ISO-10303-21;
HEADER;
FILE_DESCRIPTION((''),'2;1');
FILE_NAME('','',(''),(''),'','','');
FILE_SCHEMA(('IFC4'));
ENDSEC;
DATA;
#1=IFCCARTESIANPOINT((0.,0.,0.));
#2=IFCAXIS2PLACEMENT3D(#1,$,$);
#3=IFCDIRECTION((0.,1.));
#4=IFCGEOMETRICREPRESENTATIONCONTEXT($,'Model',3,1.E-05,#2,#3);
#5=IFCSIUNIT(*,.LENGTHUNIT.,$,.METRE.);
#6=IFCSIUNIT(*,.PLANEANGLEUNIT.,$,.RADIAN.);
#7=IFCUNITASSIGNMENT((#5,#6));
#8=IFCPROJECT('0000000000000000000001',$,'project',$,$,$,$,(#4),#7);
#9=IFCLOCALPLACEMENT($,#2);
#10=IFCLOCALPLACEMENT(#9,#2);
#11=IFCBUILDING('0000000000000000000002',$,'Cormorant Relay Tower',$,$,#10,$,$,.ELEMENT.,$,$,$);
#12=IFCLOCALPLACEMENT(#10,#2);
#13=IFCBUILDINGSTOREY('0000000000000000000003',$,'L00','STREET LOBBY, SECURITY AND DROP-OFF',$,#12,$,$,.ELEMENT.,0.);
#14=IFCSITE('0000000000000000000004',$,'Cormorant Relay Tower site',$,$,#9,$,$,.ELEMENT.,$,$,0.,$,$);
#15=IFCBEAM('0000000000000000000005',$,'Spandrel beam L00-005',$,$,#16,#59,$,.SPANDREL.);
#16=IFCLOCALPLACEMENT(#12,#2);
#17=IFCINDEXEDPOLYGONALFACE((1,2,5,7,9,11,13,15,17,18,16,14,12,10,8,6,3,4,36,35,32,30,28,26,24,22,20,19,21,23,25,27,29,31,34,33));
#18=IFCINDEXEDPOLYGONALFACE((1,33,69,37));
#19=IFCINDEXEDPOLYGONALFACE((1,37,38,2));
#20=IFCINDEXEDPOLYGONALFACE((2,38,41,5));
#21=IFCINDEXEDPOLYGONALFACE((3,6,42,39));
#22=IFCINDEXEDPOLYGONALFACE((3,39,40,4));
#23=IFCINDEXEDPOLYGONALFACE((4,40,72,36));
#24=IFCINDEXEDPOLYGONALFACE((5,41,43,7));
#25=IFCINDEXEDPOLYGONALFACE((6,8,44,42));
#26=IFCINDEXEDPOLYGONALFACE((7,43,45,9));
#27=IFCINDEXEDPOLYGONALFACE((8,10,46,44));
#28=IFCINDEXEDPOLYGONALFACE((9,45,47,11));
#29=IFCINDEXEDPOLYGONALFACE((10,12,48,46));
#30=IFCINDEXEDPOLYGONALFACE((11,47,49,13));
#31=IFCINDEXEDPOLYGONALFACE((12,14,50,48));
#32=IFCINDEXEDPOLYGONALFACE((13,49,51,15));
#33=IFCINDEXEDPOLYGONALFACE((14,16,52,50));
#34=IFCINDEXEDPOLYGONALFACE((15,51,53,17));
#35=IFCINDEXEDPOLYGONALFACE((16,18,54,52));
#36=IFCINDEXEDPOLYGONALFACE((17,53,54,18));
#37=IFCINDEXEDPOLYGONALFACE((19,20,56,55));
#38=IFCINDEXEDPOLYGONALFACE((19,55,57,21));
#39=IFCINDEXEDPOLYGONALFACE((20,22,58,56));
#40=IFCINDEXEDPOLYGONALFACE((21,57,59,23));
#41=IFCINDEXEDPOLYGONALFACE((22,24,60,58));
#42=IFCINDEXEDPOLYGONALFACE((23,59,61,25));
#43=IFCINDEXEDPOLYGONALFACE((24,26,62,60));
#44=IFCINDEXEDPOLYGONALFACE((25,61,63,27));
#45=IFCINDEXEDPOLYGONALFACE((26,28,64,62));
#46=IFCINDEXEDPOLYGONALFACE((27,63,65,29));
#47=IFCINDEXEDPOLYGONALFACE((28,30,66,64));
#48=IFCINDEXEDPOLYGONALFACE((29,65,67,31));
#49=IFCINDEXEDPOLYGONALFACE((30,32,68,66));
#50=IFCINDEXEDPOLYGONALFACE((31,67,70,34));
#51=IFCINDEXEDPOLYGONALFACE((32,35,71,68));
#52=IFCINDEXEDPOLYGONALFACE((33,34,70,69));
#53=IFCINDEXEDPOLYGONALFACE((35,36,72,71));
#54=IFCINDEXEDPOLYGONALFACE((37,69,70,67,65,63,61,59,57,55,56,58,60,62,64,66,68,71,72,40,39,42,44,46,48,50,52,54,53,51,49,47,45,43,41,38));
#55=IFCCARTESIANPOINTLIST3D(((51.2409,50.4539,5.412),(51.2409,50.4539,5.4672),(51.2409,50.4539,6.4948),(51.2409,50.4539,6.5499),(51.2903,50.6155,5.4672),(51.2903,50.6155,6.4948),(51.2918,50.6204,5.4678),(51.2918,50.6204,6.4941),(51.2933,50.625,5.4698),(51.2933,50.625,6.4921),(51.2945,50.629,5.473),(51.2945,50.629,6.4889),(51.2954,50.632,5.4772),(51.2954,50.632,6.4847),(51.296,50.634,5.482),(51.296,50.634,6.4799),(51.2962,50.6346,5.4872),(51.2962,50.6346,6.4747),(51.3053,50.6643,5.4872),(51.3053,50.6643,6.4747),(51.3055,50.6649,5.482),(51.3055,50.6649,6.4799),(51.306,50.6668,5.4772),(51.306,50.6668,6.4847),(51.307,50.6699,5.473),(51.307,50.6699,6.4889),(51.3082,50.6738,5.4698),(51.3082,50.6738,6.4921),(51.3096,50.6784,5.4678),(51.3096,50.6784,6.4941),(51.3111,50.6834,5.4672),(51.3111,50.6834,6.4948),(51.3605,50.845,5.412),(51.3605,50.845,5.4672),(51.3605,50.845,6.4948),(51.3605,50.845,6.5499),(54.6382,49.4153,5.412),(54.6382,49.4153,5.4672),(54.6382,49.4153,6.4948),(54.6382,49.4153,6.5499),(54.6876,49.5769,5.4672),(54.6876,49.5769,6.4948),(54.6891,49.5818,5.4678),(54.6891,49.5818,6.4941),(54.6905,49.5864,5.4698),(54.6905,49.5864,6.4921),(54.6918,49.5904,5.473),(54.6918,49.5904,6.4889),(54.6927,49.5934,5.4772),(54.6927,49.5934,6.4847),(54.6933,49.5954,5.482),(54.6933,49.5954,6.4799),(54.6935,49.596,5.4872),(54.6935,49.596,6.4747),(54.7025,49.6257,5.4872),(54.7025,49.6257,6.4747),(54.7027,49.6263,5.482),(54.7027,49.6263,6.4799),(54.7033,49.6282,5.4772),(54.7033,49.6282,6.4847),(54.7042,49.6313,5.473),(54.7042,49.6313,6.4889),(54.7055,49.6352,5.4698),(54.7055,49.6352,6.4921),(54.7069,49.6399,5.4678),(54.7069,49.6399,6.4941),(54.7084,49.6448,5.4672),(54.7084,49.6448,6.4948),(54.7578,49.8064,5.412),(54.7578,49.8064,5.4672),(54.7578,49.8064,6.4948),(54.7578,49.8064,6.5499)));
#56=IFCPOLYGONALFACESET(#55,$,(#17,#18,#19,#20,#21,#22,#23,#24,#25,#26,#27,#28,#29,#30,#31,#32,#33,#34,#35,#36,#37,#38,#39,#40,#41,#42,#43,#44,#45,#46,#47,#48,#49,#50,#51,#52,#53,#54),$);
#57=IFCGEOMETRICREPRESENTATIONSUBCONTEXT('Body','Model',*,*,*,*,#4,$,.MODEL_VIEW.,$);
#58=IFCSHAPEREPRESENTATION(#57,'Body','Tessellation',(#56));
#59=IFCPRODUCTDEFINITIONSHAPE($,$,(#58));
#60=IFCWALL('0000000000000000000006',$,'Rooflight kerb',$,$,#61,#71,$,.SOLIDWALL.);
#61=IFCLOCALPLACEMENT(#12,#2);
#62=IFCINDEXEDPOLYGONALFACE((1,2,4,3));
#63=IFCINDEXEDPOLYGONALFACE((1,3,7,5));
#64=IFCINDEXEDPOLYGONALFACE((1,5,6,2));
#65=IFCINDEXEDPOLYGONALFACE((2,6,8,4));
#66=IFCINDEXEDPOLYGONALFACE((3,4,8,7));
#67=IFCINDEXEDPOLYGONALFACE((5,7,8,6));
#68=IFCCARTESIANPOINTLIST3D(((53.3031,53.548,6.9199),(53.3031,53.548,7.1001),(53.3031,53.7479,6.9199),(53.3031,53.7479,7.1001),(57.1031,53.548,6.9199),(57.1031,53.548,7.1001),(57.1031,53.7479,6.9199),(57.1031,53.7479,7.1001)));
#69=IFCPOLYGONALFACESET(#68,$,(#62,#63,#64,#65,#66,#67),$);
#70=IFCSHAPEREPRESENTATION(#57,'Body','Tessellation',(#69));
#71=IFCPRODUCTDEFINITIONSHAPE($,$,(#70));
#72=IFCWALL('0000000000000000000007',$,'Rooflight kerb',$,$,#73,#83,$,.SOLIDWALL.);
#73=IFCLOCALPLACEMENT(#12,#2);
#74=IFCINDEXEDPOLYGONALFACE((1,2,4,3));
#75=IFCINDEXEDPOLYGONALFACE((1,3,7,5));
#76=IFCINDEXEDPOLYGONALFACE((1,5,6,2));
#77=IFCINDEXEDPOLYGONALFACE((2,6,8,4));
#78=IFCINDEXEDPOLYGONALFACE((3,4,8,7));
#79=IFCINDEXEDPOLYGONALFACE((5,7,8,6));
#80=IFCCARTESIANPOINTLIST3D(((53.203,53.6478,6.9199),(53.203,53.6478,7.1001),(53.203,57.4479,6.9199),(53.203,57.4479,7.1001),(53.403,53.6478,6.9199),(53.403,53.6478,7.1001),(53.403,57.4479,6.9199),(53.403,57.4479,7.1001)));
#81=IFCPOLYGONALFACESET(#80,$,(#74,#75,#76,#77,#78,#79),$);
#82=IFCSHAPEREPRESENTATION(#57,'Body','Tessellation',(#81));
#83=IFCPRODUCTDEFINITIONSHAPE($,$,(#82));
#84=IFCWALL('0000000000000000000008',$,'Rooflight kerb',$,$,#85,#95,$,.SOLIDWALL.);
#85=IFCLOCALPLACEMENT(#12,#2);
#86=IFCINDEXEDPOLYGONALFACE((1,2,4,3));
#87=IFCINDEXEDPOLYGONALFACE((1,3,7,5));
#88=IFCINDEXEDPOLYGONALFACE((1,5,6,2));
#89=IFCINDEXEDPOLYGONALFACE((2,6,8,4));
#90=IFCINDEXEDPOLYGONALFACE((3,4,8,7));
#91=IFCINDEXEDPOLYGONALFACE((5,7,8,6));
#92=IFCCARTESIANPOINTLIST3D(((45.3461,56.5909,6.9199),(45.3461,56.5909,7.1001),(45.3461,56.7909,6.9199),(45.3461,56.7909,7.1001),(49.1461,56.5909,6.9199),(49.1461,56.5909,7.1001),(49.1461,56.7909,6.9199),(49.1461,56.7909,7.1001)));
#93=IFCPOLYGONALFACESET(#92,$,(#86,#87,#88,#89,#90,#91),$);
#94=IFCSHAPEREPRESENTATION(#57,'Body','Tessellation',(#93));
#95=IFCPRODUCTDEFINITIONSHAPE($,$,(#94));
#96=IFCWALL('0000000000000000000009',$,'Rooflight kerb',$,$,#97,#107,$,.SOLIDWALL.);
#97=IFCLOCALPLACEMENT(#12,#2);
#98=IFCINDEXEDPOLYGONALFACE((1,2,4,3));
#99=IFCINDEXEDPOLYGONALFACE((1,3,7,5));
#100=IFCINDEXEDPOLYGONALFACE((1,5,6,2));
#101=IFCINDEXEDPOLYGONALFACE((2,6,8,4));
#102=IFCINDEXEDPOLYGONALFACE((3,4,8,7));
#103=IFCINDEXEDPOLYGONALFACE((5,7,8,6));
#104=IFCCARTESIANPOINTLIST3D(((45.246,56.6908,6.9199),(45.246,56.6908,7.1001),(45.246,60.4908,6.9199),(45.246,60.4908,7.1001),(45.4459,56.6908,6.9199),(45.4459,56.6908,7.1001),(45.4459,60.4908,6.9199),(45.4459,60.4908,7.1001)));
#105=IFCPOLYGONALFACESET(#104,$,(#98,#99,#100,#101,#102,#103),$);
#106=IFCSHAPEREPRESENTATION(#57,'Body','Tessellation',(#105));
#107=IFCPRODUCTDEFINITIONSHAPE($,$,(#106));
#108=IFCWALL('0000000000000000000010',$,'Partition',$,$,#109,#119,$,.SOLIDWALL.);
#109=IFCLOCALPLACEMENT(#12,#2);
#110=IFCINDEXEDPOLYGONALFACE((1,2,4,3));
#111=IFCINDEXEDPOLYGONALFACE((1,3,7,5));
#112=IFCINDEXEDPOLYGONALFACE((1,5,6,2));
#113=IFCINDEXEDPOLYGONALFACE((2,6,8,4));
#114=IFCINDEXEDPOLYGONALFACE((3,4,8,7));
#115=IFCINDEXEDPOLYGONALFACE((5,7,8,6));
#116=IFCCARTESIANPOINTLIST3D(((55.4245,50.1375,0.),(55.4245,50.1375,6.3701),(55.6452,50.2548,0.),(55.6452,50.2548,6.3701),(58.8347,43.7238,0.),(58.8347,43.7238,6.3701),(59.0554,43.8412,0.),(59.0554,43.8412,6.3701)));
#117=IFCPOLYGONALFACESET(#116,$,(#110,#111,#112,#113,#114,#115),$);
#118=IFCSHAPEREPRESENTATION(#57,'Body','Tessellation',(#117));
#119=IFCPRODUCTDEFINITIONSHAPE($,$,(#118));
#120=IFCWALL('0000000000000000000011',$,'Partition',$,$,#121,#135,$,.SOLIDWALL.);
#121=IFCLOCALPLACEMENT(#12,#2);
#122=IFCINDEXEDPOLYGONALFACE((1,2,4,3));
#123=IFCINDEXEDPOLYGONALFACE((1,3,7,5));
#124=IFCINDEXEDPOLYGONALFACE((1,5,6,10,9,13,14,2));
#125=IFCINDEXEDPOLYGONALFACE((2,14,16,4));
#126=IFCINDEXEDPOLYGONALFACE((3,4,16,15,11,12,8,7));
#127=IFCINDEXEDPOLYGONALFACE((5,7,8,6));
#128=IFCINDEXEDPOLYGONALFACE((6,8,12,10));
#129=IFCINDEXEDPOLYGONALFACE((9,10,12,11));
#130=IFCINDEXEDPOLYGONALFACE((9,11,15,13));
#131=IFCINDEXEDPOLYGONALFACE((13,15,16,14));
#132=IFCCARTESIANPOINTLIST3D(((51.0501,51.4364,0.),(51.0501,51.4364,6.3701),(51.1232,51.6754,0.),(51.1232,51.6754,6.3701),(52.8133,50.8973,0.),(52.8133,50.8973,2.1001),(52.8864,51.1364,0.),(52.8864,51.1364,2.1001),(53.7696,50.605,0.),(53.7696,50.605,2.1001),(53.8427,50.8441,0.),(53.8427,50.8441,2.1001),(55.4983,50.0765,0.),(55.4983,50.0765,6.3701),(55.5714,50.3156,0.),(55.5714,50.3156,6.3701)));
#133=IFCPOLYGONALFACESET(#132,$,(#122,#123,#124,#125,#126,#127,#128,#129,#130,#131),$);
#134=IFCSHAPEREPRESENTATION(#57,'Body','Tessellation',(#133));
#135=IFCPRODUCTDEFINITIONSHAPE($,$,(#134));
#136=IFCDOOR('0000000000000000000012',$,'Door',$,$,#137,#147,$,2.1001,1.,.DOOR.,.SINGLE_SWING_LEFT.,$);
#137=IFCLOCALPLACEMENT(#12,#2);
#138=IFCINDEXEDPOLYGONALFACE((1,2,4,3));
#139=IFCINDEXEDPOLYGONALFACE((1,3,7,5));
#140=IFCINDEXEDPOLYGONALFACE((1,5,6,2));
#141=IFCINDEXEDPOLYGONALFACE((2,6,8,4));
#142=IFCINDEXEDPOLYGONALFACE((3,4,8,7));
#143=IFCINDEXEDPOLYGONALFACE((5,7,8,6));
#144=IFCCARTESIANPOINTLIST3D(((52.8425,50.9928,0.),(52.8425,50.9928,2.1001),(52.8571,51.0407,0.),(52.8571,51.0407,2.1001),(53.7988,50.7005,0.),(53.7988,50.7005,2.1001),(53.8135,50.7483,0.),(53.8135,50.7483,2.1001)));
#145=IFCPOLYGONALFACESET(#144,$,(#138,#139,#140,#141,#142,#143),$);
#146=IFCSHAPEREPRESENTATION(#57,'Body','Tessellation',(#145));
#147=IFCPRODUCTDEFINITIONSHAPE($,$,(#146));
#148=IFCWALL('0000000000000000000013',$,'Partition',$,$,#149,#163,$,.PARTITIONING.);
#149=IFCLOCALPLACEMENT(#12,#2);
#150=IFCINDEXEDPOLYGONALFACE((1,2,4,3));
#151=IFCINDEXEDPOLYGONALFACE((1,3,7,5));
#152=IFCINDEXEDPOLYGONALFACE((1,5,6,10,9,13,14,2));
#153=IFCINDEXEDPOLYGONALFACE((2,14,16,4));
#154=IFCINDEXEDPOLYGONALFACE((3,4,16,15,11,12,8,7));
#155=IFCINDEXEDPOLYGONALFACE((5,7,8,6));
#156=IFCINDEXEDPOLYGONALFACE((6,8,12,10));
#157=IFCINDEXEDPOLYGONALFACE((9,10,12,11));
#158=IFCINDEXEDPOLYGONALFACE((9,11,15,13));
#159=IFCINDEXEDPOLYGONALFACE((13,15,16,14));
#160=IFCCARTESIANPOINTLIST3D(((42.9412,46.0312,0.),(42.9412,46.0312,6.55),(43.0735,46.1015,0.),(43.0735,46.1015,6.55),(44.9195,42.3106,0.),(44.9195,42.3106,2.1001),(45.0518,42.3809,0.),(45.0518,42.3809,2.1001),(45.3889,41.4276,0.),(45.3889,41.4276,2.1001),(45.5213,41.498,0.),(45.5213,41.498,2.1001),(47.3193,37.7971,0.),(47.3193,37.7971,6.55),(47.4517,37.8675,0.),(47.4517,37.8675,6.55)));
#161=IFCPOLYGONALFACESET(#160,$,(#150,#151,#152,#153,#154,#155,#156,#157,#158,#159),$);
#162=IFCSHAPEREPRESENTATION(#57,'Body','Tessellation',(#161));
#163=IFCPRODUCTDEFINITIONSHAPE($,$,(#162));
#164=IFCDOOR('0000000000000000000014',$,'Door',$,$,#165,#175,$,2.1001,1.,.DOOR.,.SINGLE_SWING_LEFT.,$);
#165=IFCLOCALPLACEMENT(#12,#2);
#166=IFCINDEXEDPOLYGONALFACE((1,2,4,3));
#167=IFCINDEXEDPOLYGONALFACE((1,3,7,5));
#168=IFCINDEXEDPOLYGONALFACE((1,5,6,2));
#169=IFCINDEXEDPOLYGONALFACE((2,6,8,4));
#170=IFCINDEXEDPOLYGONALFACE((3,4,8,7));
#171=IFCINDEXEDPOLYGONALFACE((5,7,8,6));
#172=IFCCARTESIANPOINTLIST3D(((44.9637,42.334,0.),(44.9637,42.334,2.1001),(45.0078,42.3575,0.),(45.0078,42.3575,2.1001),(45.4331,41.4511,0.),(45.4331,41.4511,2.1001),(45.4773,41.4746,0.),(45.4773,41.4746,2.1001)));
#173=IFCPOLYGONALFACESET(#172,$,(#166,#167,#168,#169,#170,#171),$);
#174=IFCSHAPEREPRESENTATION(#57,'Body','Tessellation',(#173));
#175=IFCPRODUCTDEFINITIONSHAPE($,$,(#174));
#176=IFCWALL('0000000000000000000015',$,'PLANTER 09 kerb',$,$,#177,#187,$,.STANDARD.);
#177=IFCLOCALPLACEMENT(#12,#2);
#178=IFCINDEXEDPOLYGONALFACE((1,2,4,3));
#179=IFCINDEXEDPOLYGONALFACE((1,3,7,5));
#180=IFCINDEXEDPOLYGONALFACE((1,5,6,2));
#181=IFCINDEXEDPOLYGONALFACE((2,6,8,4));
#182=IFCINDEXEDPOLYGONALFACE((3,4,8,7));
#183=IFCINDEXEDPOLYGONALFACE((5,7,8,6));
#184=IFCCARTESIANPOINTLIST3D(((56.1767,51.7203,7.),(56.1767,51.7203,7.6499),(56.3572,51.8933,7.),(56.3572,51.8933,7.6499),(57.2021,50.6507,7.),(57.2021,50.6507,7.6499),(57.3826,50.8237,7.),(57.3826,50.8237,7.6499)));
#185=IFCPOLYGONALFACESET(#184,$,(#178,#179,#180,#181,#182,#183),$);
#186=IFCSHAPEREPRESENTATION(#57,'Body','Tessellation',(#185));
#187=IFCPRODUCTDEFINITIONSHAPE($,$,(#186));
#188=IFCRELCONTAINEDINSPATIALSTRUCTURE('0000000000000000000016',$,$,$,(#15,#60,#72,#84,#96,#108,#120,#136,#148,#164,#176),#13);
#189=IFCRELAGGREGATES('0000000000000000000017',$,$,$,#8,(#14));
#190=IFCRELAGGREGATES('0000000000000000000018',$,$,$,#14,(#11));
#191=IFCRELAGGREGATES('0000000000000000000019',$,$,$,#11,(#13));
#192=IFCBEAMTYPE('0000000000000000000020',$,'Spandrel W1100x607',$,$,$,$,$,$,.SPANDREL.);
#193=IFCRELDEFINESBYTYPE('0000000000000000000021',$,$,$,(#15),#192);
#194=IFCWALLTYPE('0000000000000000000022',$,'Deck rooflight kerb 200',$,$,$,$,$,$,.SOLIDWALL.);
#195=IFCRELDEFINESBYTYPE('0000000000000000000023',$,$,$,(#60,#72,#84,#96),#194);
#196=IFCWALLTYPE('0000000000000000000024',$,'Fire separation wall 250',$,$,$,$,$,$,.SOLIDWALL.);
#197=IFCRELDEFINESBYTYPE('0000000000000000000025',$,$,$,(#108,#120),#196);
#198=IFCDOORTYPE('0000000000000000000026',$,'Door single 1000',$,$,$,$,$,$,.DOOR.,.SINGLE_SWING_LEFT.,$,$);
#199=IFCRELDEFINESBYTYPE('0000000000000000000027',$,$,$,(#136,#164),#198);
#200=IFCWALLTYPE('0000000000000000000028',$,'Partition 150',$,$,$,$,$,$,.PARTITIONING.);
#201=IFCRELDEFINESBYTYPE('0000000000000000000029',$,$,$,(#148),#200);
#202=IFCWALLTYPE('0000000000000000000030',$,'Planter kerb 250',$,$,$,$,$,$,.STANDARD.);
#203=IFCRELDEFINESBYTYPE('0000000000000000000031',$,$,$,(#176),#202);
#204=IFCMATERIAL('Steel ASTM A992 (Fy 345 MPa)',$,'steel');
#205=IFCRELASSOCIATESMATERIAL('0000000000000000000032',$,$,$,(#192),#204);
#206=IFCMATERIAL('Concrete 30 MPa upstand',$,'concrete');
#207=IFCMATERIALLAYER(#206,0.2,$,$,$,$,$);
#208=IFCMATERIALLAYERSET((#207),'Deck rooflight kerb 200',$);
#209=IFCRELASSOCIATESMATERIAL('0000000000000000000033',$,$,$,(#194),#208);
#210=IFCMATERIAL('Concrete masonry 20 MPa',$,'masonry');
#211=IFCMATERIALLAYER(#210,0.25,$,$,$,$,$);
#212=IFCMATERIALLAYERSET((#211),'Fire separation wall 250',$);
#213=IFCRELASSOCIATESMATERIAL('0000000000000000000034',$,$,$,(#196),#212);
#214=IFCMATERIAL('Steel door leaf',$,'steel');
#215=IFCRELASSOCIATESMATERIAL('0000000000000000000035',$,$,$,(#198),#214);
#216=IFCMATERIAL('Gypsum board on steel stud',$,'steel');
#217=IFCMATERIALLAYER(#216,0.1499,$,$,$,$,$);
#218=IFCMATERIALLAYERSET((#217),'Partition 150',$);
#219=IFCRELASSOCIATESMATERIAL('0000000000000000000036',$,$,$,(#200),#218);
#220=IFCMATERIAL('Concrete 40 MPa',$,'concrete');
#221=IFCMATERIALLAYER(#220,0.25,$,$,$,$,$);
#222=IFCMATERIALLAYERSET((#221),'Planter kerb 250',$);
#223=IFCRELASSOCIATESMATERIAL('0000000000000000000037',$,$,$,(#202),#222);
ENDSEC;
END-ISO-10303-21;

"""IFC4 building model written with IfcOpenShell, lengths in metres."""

from ifc_helpers import new_model, si_unit, direction, frame, frame_2d, origin, origin_2d, place, context, subcontext, project, spatial, rectangle, i_section, extrude, material, layer, layer_set, material_profile, profile_set, type_object, element, fill, save


model = new_model("IFC4")

# Units and contexts
model_context = context("Model", 3, precision=1e-05, world=origin(), true_north=direction((0.0, 1.0)))
body_context = subcontext(model_context, "Body", "Model", "MODEL_VIEW")
ifc_project = project(units=[si_unit("LENGTHUNIT", "METRE"), si_unit("PLANEANGLEUNIT", "RADIAN")], contexts=[model_context])

# Site, building, storey
site_placement = place(None, origin())
site = spatial("IfcSite", under=ifc_project, at=site_placement, Name="Cormorant Relay Tower site", CompositionType="ELEMENT", RefElevation=0.0)
building_placement = place(site_placement, origin())
building = spatial("IfcBuilding", under=site, at=building_placement, Name="Cormorant Relay Tower", CompositionType="ELEMENT")
storey_placement = place(building_placement, origin())
storey = spatial("IfcBuildingStorey", under=building, at=storey_placement, Name="L00", Description="STREET LOBBY, SECURITY AND DROP-OFF", CompositionType="ELEMENT", Elevation=0.0)

# Beam
ifc_material_1 = material(Name="Steel ASTM A992 (Fy 345 MPa)", Category="steel")
ifc_material_profile_1 = material_profile(ifc_material_1, i_section(OverallWidth=0.4089, OverallDepth=1.1379, WebThickness=0.031, FlangeThickness=0.0552, FilletRadius=0.02, at=origin_2d()), Name="W1100x607")
ifc_profile_set_1 = profile_set([ifc_material_profile_1], Name="Steel ASTM A992 (Fy 345 MPa)")
beam_type = type_object("IfcBeamType", Name="Spandrel W1100x607", PredefinedType="SPANDREL", material=ifc_profile_set_1)
beam_placement = place(storey_placement, frame((54.698, 49.6108, 5.981), z_axis=(-0.956309, 0.292356, 0.0), x_axis=(-0.292356, -0.956309, 0.0)))
element("IfcBeam", 1, at=beam_placement, inside=storey, type_object=beam_type, Name="Spandrel beam L00-005", PredefinedType="SPANDREL", context=body_context, shape_type="SweptSolid", body=[
    extrude(i_section(OverallWidth=0.4089, OverallDepth=1.1379, WebThickness=0.031, FlangeThickness=0.0552, FilletRadius=0.02, at=origin_2d()), origin(), (0.0, 0.0, 1.0), 3.5525),
])

# Walls
ifc_material_2 = material(Name="Concrete 30 MPa upstand", Category="concrete")
ifc_layer_1 = layer(ifc_material_2, 0.2)
ifc_layer_set_1 = layer_set([ifc_layer_1], Name="Deck rooflight kerb 200")
wall_type_1 = type_object("IfcWallType", Name="Deck rooflight kerb 200", PredefinedType="SOLIDWALL", material=ifc_layer_set_1)
for number, where, z_axis, x_axis, name in (
    (2, (57.103, 53.6479, 6.9199), (0.0, 0.0, 1.0), (-1.0, 0.0, 0.0), "Rooflight kerb"),
    (3, (53.303, 53.6479, 6.9199), (0.0, 0.0, 1.0), (0.0, 1.0, 0.0), "Rooflight kerb"),
    (4, (49.146, 56.6909, 6.9199), (0.0, 0.0, 1.0), (-1.0, 0.0, 0.0), "Rooflight kerb"),
    (5, (45.3459, 56.6909, 6.9199), (0.0, 0.0, 1.0), (0.0, 1.0, 0.0), "Rooflight kerb"),
):
    element("IfcWall", number, at=place(storey_placement, frame(where, z_axis=z_axis, x_axis=x_axis)), inside=storey, type_object=wall_type_1, Name=name, PredefinedType="SOLIDWALL", context=body_context, shape_type="SweptSolid", body=[
        extrude(rectangle(XDim=3.8, YDim=0.2, at=frame_2d((1.8999, 0.0))), origin(), (0.0, 0.0, 1.0), 0.1802),
    ])
ifc_material_3 = material(Name="Concrete masonry 20 MPa", Category="masonry")
ifc_layer_2 = layer(ifc_material_3, 0.25)
ifc_layer_set_2 = layer_set([ifc_layer_2], Name="Fire separation wall 250")
wall_type_2 = type_object("IfcWallType", Name="Fire separation wall 250", PredefinedType="SOLIDWALL", material=ifc_layer_set_2)
wall_1_placement = place(storey_placement, frame((55.5349, 50.196, 0.0), z_axis=(0.0, 0.0, 1.0), x_axis=(0.469471, -0.882948, 0.0)))
element("IfcWall", 6, at=wall_1_placement, inside=storey, type_object=wall_type_2, Name="Partition", PredefinedType="SOLIDWALL", context=body_context, shape_type="SweptSolid", body=[
    extrude(rectangle(XDim=7.2639, YDim=0.25, at=frame_2d((3.6318, 0.0))), origin(), (0.0, 0.0, 1.0), 6.3701),
])

# Walls, openings, doors
wall_2_placement = place(storey_placement, frame((51.0867, 51.5559, 0.0), z_axis=(0.0, 0.0, 1.0), x_axis=(0.956311, -0.292352, 0.0)))
wall_2 = element("IfcWall", 7, at=wall_2_placement, inside=storey, type_object=wall_type_2, Name="Partition", PredefinedType="SOLIDWALL", context=body_context, shape_type="SweptSolid", body=[
    extrude(rectangle(XDim=4.6514, YDim=0.25, at=frame_2d((2.3257, 0.0))), origin(), (0.0, 0.0, 1.0), 6.3701),
])
opening_1_placement = place(wall_2_placement, frame((1.8438, 0.0, 0.0)))
opening_1 = element("IfcOpeningElement", 8, at=opening_1_placement, cuts=wall_2, PredefinedType="OPENING", context=body_context, shape_type="SweptSolid", body=[
    extrude(rectangle(XDim=1.0, YDim=2.1001, at=frame_2d((0.5, 1.05))), frame((0.0, 0.135, 0.0), z_axis=(0.0, -1.0, 0.0), x_axis=(1.0, 0.0, 0.0)), (0.0, 0.0, 1.0), 0.27),
])
ifc_material_4 = material(Name="Steel door leaf", Category="steel")
door_type = type_object("IfcDoorType", Name="Door single 1000", OperationType="SINGLE_SWING_LEFT", PredefinedType="DOOR", material=ifc_material_4)
door_1_placement = place(opening_1_placement, origin())
door_1 = element("IfcDoor", 9, at=door_1_placement, inside=storey, type_object=door_type, Name="Door", OperationType="SINGLE_SWING_LEFT", OverallHeight=2.1001, OverallWidth=1.0, PredefinedType="DOOR", context=body_context, shape_type="SweptSolid", body=[
    extrude(rectangle(XDim=1.0, YDim=2.1001, at=frame_2d((0.5, 1.05))), frame((0.0, 0.0249, 0.0), z_axis=(0.0, -1.0, 0.0), x_axis=(1.0, 0.0, 0.0)), (0.0, 0.0, 1.0), 0.05),
])
fill(opening_1, door_1)
ifc_material_5 = material(Name="Gypsum board on steel stud", Category="steel")
ifc_layer_3 = layer(ifc_material_5, 0.1499)
ifc_layer_set_3 = layer_set([ifc_layer_3], Name="Partition 150")
wall_type_3 = type_object("IfcWallType", Name="Partition 150", PredefinedType="PARTITIONING", material=ifc_layer_set_3)
wall_3_placement = place(storey_placement, frame((47.3855, 37.8323, 0.0), z_axis=(0.0, 0.0, 1.0), x_axis=(-0.469472, 0.882947, 0.0)))
wall_3 = element("IfcWall", 10, at=wall_3_placement, inside=storey, type_object=wall_type_3, Name="Partition", PredefinedType="PARTITIONING", context=body_context, shape_type="SweptSolid", body=[
    extrude(rectangle(XDim=9.3257, YDim=0.1499, at=frame_2d((4.6628, 0.0))), origin(), (0.0, 0.0, 1.0), 6.55),
])
opening_2_placement = place(wall_3_placement, frame((4.1118, 0.0, 0.0)))
opening_2 = element("IfcOpeningElement", 11, at=opening_2_placement, cuts=wall_3, PredefinedType="OPENING", context=body_context, shape_type="SweptSolid", body=[
    extrude(rectangle(XDim=1.0, YDim=2.1001, at=frame_2d((0.5, 1.05))), frame((0.0, 0.085, 0.0), z_axis=(0.0, -1.0, 0.0), x_axis=(1.0, 0.0, 0.0)), (0.0, 0.0, 1.0), 0.1699),
])
door_2_placement = place(opening_2_placement, origin())
door_2 = element("IfcDoor", 12, at=door_2_placement, inside=storey, type_object=door_type, Name="Door", OperationType="SINGLE_SWING_LEFT", OverallHeight=2.1001, OverallWidth=1.0, PredefinedType="DOOR", context=body_context, shape_type="SweptSolid", body=[
    extrude(rectangle(XDim=1.0, YDim=2.1001, at=frame_2d((0.5, 1.05))), frame((0.0, 0.0249, 0.0), z_axis=(0.0, -1.0, 0.0), x_axis=(1.0, 0.0, 0.0)), (0.0, 0.0, 1.0), 0.05),
])
fill(opening_2, door_2)

# Wall
ifc_material_6 = material(Name="Concrete 40 MPa", Category="concrete")
ifc_layer_4 = layer(ifc_material_6, 0.25)
ifc_layer_set_4 = layer_set([ifc_layer_4], Name="Planter kerb 250")
wall_type_4 = type_object("IfcWallType", Name="Planter kerb 250", PredefinedType="STANDARD", material=ifc_layer_set_4)
wall_4_placement = place(storey_placement, frame((57.2922, 50.7373, 7.0), z_axis=(0.0, 0.0, 1.0), x_axis=(-0.692038, 0.721861, 0.0)))
element("IfcWall", 13, at=wall_4_placement, inside=storey, type_object=wall_type_4, Name="PLANTER 09 kerb", PredefinedType="STANDARD", context=body_context, shape_type="SweptSolid", body=[
    extrude(rectangle(XDim=1.4817, YDim=0.25, at=frame_2d((0.7407, 0.0))), origin(), (0.0, 0.0, 1.0), 0.6499),
])

save(model, "model.ifc")
